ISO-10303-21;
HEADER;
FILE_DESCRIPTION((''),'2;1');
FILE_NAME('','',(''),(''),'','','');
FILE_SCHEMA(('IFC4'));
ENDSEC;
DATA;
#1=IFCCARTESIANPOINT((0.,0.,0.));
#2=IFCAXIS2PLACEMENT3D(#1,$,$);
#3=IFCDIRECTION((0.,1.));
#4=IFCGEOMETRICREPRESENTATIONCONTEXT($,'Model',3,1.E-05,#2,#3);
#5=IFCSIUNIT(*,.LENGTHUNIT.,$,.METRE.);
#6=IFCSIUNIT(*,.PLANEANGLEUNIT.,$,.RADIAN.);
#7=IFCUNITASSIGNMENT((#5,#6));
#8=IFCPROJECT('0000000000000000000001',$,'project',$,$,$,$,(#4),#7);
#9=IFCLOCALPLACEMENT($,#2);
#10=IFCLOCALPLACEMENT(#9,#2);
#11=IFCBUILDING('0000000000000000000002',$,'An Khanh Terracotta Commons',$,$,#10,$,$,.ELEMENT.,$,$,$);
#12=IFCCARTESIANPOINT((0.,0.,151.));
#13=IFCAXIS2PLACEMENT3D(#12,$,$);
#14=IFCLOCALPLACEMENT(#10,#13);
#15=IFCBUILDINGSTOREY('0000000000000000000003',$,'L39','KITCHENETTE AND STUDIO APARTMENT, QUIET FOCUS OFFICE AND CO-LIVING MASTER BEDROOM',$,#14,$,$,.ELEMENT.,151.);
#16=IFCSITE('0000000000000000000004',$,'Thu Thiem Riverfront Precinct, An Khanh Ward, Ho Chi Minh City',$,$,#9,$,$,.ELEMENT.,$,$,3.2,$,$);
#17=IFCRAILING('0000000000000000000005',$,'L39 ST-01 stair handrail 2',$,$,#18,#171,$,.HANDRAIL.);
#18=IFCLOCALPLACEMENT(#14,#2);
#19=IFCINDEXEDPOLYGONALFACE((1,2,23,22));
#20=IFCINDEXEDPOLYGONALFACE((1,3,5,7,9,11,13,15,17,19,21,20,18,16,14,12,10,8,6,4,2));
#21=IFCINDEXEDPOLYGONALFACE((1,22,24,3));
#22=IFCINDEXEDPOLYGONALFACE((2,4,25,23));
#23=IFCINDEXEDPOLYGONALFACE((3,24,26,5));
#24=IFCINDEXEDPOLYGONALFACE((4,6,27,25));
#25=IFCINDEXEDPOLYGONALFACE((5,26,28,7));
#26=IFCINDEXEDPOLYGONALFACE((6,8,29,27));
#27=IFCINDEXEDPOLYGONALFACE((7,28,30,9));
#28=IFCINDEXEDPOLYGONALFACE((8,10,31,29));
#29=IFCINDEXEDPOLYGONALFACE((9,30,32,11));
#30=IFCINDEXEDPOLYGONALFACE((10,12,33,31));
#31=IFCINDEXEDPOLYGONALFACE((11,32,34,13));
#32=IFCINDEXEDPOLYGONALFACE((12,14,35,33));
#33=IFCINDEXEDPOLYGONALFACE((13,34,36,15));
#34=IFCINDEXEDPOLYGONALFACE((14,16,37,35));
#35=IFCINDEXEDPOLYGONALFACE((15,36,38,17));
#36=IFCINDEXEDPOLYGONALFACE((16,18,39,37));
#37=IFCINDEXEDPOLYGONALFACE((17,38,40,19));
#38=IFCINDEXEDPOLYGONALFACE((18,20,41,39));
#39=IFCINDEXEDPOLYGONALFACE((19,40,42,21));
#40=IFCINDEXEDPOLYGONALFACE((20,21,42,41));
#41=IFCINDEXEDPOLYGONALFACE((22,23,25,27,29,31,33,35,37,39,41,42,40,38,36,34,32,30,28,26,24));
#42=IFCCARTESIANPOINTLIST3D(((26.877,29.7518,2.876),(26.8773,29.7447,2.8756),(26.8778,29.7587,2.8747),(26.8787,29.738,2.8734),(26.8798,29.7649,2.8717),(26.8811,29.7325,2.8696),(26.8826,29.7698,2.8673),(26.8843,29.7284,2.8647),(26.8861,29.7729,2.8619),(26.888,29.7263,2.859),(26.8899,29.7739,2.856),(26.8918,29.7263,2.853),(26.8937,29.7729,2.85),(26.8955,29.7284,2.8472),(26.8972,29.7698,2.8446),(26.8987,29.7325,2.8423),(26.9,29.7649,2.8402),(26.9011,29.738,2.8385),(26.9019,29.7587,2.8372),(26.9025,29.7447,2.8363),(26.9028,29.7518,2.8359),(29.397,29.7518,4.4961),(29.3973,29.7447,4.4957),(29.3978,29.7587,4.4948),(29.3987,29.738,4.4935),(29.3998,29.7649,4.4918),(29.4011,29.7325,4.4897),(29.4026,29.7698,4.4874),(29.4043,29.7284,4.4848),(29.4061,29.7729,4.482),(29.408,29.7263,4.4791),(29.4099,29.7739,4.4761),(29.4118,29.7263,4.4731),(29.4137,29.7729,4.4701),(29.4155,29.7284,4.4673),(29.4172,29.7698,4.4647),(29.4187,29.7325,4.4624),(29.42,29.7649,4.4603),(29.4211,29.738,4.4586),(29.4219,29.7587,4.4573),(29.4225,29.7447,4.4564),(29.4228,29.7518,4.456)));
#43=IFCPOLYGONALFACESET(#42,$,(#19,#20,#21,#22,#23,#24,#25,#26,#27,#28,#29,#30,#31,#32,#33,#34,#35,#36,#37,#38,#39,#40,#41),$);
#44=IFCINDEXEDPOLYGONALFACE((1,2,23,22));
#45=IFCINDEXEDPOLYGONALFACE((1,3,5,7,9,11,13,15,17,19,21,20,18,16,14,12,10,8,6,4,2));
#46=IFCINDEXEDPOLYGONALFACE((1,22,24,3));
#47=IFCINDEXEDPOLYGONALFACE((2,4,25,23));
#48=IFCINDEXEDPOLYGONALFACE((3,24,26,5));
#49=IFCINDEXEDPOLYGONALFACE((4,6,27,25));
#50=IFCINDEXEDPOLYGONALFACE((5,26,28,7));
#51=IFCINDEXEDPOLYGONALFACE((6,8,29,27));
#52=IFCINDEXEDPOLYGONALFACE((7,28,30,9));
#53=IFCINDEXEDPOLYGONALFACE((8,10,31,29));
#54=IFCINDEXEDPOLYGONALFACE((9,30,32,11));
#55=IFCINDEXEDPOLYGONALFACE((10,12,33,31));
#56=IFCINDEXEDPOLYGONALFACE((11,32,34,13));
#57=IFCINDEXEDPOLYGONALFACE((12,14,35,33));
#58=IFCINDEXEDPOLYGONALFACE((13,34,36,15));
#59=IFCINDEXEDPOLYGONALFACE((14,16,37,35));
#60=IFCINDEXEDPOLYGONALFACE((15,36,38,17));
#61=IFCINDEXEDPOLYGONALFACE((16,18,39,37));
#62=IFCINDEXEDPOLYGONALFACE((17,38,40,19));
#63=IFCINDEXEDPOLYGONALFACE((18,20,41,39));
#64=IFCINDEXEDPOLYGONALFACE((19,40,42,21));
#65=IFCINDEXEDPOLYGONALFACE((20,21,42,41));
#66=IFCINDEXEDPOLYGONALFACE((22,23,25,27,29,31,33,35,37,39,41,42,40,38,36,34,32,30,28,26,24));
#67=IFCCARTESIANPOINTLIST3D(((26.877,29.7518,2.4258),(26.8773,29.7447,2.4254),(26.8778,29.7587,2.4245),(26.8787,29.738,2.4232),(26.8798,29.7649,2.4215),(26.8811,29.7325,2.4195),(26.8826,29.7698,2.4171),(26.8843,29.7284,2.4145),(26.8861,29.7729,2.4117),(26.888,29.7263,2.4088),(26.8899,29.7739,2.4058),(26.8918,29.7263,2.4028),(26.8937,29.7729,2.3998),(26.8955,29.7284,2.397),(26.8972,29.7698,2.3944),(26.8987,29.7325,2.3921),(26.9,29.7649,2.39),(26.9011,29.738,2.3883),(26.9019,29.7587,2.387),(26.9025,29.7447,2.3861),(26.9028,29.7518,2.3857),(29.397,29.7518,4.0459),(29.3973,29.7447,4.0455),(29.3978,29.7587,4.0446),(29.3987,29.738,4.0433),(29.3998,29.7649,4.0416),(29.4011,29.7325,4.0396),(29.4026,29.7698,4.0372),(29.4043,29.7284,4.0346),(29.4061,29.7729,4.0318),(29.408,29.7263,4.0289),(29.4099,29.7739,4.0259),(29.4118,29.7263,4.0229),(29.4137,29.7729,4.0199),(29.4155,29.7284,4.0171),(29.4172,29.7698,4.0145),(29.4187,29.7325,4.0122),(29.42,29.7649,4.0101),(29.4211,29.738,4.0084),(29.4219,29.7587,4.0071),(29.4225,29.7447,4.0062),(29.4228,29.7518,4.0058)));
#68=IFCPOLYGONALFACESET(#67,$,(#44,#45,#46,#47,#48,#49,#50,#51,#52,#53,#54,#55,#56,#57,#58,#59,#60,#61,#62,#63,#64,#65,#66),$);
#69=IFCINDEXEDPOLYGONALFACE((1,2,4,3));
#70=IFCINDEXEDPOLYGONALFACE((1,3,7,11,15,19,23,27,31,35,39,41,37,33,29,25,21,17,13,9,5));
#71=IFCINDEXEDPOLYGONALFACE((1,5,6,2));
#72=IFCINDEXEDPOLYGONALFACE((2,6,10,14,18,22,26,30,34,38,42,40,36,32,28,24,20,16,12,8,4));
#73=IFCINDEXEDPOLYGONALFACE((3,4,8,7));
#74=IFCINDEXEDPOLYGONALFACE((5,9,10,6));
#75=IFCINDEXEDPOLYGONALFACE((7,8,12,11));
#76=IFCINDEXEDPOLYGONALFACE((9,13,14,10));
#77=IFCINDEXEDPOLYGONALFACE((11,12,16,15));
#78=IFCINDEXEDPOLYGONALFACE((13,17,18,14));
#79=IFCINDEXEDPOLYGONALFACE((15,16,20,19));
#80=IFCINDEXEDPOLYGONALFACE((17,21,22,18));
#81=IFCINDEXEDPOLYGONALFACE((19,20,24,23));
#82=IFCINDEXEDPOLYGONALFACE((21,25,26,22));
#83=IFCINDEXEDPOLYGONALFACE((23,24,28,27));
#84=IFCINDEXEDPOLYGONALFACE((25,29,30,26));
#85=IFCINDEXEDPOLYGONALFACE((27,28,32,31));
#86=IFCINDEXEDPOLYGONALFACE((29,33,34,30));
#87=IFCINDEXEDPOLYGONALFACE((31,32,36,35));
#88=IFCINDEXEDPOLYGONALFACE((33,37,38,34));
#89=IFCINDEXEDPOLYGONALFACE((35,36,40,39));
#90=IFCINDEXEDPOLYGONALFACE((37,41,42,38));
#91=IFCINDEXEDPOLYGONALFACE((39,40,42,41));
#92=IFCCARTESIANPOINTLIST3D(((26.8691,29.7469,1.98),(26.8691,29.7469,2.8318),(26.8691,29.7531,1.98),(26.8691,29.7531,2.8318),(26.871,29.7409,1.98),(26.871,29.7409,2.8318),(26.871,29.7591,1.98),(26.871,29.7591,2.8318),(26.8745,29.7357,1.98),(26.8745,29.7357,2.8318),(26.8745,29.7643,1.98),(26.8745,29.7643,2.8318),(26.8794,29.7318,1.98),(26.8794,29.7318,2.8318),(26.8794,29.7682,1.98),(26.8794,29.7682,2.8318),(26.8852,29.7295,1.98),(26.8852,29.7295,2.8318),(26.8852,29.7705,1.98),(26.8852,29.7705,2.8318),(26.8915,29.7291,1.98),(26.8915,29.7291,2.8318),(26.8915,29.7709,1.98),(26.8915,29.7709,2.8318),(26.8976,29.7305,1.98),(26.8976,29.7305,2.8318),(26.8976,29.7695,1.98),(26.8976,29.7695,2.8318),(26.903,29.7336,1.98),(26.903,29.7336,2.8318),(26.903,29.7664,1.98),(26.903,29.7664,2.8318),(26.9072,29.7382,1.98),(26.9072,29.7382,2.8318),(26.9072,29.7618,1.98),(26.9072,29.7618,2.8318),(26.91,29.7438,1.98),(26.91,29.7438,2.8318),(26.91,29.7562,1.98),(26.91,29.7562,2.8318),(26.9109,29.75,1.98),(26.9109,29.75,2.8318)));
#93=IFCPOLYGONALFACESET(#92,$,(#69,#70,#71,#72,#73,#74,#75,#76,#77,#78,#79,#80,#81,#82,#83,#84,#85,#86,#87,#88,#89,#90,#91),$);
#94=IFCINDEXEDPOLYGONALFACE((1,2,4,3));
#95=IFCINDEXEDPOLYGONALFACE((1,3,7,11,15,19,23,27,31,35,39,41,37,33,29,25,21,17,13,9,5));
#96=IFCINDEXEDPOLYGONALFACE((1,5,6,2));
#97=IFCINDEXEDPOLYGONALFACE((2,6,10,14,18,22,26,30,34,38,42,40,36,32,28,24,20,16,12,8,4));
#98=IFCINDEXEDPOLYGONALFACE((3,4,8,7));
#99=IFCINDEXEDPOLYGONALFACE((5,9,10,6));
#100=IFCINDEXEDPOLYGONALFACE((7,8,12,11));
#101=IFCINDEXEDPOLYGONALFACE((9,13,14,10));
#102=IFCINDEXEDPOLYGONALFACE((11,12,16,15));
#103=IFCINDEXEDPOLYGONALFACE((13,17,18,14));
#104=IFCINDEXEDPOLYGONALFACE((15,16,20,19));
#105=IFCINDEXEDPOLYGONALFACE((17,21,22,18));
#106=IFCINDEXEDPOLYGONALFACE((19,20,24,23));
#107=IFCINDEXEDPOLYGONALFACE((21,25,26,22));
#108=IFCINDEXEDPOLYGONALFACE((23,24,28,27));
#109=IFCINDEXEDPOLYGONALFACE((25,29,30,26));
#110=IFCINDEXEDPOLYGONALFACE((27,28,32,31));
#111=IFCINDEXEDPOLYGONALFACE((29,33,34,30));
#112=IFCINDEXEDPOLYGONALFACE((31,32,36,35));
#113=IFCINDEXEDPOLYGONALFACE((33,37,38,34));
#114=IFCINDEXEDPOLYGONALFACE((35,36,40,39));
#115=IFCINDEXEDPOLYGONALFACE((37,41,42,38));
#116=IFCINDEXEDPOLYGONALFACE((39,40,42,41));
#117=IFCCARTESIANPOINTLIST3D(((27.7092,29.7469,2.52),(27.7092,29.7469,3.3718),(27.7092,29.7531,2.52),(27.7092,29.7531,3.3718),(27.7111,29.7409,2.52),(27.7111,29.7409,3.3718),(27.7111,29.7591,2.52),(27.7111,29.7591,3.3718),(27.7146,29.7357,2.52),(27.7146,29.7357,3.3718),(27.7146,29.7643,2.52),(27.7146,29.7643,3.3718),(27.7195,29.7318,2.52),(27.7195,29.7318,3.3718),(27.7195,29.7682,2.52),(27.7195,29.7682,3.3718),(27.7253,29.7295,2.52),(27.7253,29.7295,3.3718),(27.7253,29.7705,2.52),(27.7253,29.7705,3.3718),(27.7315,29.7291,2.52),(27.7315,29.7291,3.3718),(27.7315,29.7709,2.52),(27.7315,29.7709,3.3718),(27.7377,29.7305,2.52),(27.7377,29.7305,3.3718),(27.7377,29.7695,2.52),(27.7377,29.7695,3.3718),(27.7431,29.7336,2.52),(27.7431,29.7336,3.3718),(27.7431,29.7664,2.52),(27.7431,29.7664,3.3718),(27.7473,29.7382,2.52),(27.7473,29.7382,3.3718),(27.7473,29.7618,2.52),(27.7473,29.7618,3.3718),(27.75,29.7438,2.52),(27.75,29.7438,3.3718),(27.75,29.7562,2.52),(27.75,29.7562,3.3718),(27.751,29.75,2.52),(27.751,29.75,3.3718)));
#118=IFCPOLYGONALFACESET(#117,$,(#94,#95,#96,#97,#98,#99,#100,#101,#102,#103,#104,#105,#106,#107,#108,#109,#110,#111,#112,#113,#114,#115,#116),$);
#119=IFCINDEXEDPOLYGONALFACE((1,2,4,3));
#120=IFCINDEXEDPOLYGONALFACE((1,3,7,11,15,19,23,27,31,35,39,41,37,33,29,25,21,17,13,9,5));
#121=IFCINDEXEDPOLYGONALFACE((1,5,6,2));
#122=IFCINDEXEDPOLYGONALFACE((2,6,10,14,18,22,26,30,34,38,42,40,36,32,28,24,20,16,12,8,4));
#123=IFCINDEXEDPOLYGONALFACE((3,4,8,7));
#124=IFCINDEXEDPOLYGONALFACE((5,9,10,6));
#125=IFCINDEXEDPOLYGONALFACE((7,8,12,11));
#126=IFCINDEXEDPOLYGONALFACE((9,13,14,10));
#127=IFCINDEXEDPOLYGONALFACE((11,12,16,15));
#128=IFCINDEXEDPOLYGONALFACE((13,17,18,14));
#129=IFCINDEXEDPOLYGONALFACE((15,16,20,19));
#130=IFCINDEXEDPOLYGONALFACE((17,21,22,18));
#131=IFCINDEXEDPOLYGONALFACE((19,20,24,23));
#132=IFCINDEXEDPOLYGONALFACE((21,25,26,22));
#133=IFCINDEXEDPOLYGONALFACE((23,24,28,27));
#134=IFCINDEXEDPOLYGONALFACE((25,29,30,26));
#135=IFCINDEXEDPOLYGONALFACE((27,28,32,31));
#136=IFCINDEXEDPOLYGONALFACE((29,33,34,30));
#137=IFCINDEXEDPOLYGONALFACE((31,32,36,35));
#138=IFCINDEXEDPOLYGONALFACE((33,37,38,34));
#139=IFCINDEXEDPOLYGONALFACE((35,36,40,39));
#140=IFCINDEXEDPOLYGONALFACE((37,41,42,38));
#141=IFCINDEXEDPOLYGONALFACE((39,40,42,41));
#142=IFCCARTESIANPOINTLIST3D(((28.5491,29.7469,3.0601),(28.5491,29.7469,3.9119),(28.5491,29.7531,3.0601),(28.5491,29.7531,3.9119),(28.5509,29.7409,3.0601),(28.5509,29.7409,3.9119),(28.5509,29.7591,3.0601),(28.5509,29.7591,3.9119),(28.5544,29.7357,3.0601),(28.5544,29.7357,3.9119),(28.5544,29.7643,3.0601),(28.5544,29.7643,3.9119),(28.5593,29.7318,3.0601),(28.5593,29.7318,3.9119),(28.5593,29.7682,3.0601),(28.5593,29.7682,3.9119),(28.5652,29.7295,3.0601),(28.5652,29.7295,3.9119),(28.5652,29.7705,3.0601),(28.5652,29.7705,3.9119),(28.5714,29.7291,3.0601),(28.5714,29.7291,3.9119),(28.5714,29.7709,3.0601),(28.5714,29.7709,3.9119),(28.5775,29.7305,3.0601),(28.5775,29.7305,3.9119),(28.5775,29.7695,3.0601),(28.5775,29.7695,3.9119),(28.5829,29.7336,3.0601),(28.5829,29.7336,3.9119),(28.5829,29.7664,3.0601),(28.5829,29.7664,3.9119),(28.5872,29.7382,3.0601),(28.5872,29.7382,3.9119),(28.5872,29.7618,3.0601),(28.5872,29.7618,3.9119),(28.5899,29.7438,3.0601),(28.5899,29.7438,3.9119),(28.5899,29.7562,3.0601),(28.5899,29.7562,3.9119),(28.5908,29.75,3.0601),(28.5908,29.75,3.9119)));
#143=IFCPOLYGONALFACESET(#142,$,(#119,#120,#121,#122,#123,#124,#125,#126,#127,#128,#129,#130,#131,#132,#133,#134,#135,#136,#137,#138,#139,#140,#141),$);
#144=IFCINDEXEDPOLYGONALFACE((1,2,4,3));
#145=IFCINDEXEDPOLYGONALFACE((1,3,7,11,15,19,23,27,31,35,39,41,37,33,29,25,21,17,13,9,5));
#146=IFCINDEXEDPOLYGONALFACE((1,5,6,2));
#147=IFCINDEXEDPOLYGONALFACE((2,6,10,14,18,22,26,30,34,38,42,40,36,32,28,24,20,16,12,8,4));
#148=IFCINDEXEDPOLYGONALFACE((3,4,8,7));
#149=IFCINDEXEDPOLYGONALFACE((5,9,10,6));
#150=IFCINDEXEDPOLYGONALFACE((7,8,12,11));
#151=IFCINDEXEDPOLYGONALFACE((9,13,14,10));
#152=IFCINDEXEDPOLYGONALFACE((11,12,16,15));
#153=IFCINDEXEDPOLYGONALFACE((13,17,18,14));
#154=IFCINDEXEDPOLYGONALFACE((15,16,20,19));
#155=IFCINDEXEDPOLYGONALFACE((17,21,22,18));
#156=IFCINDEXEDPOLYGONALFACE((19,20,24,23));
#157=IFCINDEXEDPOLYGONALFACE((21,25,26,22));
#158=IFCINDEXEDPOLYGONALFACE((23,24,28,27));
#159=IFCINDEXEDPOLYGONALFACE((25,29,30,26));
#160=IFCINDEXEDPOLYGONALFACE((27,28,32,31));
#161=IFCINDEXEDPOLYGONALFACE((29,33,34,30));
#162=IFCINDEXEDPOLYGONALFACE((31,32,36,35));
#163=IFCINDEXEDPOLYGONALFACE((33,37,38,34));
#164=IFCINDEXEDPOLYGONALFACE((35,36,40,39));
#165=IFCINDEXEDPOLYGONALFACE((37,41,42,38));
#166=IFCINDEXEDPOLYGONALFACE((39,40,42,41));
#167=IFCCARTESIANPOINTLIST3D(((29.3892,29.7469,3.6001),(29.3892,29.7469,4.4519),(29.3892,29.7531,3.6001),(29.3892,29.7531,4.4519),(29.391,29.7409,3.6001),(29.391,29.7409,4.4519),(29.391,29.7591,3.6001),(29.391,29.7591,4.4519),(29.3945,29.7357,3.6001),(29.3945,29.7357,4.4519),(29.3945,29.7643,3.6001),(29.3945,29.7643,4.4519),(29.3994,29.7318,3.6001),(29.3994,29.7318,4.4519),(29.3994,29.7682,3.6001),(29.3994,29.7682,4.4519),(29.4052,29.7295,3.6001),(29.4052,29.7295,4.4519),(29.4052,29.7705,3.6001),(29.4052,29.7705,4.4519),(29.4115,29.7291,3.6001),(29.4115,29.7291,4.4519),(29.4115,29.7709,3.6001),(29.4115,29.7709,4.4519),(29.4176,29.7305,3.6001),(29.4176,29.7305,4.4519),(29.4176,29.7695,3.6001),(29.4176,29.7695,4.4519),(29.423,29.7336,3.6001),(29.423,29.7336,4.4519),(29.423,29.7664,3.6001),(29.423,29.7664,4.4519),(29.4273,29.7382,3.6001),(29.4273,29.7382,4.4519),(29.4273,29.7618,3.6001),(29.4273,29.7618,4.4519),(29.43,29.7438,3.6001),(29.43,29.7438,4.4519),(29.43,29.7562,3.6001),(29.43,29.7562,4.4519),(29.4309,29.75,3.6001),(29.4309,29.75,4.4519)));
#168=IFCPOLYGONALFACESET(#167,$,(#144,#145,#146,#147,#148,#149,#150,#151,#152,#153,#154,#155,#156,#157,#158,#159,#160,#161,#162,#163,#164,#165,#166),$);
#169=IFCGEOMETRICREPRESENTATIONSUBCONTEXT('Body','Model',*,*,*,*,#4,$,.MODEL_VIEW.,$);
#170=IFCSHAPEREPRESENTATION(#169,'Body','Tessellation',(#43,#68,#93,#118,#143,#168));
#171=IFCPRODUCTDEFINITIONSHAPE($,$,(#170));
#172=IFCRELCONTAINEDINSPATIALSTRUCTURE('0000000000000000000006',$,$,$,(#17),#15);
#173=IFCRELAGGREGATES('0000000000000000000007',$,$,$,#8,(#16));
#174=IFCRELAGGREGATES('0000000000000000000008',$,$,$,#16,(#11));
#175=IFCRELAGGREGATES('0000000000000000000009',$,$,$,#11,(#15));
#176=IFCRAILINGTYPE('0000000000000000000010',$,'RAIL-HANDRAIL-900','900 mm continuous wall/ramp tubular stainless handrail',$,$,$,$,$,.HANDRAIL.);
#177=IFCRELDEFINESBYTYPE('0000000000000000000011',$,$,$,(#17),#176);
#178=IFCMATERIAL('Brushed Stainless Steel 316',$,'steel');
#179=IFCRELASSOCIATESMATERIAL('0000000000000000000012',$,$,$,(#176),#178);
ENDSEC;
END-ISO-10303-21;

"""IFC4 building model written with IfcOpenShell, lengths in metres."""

from ifc_helpers import new_model, si_unit, direction, frame, origin, origin_2d, place, context, subcontext, project, spatial, circle, extrude, material, type_object, element, save


model = new_model("IFC4")

# Units and contexts
model_context = context("Model", 3, precision=1e-05, world=origin(), true_north=direction((0.0, 1.0)))
body_context = subcontext(model_context, "Body", "Model", "MODEL_VIEW")
ifc_project = project(units=[si_unit("LENGTHUNIT", "METRE"), si_unit("PLANEANGLEUNIT", "RADIAN")], contexts=[model_context])

# Site, building, storey
site_placement = place(None, origin())
site = spatial("IfcSite", under=ifc_project, at=site_placement, Name="Thu Thiem Riverfront Precinct, An Khanh Ward, Ho Chi Minh City", CompositionType="ELEMENT", RefElevation=3.2)
building_placement = place(site_placement, origin())
building = spatial("IfcBuilding", under=site, at=building_placement, Name="An Khanh Terracotta Commons", CompositionType="ELEMENT")
storey_placement = place(building_placement, frame((0.0, 0.0, 151.0)))
storey = spatial("IfcBuildingStorey", under=building, at=storey_placement, Name="L39", Description="KITCHENETTE AND STUDIO APARTMENT, QUIET FOCUS OFFICE AND CO-LIVING MASTER BEDROOM", CompositionType="ELEMENT", Elevation=151.0)

# Railing
ifc_material_1 = material(Name="Brushed Stainless Steel 316", Category="steel")
railing_type_1 = type_object("IfcRailingType", Name="RAIL-HANDRAIL-900", Description="900 mm continuous wall/ramp tubular stainless handrail", PredefinedType="HANDRAIL", material=ifc_material_1)
railing_1_placement = place(storey_placement, frame((26.8899, 29.75, 1.98)))
element("IfcRailing", 1, at=railing_1_placement, inside=storey, type_object=railing_type_1, Name="L39 ST-01 stair handrail 2", PredefinedType="HANDRAIL", context=body_context, shape_type="SweptSolid", body=[
    extrude(circle(Radius=0.0239, at=origin_2d()), frame((0.0, 0.0, 0.876), z_axis=(0.841163, 0.0, 0.540782), x_axis=(0.0, 1.0, 0.0)), (0.0, 0.0, 1.0), 2.9958),
    extrude(circle(Radius=0.0239, at=origin_2d()), frame((0.0, 0.0, 0.4258), z_axis=(0.841163, 0.0, 0.540782), x_axis=(0.0, 1.0, 0.0)), (0.0, 0.0, 1.0), 2.9958),
    extrude(circle(Radius=0.021, at=origin_2d()), origin(), (0.0, 0.0, 1.0), 0.8518),
    extrude(circle(Radius=0.021, at=origin_2d()), frame((0.8401, 0.0, 0.54)), (0.0, 0.0, 1.0), 0.8518),
    extrude(circle(Radius=0.021, at=origin_2d()), frame((1.6799, 0.0, 1.0801)), (0.0, 0.0, 1.0), 0.8518),
    extrude(circle(Radius=0.021, at=origin_2d()), frame((2.52, 0.0, 1.6201)), (0.0, 0.0, 1.0), 0.8518),
])

save(model, "model.ifc")
